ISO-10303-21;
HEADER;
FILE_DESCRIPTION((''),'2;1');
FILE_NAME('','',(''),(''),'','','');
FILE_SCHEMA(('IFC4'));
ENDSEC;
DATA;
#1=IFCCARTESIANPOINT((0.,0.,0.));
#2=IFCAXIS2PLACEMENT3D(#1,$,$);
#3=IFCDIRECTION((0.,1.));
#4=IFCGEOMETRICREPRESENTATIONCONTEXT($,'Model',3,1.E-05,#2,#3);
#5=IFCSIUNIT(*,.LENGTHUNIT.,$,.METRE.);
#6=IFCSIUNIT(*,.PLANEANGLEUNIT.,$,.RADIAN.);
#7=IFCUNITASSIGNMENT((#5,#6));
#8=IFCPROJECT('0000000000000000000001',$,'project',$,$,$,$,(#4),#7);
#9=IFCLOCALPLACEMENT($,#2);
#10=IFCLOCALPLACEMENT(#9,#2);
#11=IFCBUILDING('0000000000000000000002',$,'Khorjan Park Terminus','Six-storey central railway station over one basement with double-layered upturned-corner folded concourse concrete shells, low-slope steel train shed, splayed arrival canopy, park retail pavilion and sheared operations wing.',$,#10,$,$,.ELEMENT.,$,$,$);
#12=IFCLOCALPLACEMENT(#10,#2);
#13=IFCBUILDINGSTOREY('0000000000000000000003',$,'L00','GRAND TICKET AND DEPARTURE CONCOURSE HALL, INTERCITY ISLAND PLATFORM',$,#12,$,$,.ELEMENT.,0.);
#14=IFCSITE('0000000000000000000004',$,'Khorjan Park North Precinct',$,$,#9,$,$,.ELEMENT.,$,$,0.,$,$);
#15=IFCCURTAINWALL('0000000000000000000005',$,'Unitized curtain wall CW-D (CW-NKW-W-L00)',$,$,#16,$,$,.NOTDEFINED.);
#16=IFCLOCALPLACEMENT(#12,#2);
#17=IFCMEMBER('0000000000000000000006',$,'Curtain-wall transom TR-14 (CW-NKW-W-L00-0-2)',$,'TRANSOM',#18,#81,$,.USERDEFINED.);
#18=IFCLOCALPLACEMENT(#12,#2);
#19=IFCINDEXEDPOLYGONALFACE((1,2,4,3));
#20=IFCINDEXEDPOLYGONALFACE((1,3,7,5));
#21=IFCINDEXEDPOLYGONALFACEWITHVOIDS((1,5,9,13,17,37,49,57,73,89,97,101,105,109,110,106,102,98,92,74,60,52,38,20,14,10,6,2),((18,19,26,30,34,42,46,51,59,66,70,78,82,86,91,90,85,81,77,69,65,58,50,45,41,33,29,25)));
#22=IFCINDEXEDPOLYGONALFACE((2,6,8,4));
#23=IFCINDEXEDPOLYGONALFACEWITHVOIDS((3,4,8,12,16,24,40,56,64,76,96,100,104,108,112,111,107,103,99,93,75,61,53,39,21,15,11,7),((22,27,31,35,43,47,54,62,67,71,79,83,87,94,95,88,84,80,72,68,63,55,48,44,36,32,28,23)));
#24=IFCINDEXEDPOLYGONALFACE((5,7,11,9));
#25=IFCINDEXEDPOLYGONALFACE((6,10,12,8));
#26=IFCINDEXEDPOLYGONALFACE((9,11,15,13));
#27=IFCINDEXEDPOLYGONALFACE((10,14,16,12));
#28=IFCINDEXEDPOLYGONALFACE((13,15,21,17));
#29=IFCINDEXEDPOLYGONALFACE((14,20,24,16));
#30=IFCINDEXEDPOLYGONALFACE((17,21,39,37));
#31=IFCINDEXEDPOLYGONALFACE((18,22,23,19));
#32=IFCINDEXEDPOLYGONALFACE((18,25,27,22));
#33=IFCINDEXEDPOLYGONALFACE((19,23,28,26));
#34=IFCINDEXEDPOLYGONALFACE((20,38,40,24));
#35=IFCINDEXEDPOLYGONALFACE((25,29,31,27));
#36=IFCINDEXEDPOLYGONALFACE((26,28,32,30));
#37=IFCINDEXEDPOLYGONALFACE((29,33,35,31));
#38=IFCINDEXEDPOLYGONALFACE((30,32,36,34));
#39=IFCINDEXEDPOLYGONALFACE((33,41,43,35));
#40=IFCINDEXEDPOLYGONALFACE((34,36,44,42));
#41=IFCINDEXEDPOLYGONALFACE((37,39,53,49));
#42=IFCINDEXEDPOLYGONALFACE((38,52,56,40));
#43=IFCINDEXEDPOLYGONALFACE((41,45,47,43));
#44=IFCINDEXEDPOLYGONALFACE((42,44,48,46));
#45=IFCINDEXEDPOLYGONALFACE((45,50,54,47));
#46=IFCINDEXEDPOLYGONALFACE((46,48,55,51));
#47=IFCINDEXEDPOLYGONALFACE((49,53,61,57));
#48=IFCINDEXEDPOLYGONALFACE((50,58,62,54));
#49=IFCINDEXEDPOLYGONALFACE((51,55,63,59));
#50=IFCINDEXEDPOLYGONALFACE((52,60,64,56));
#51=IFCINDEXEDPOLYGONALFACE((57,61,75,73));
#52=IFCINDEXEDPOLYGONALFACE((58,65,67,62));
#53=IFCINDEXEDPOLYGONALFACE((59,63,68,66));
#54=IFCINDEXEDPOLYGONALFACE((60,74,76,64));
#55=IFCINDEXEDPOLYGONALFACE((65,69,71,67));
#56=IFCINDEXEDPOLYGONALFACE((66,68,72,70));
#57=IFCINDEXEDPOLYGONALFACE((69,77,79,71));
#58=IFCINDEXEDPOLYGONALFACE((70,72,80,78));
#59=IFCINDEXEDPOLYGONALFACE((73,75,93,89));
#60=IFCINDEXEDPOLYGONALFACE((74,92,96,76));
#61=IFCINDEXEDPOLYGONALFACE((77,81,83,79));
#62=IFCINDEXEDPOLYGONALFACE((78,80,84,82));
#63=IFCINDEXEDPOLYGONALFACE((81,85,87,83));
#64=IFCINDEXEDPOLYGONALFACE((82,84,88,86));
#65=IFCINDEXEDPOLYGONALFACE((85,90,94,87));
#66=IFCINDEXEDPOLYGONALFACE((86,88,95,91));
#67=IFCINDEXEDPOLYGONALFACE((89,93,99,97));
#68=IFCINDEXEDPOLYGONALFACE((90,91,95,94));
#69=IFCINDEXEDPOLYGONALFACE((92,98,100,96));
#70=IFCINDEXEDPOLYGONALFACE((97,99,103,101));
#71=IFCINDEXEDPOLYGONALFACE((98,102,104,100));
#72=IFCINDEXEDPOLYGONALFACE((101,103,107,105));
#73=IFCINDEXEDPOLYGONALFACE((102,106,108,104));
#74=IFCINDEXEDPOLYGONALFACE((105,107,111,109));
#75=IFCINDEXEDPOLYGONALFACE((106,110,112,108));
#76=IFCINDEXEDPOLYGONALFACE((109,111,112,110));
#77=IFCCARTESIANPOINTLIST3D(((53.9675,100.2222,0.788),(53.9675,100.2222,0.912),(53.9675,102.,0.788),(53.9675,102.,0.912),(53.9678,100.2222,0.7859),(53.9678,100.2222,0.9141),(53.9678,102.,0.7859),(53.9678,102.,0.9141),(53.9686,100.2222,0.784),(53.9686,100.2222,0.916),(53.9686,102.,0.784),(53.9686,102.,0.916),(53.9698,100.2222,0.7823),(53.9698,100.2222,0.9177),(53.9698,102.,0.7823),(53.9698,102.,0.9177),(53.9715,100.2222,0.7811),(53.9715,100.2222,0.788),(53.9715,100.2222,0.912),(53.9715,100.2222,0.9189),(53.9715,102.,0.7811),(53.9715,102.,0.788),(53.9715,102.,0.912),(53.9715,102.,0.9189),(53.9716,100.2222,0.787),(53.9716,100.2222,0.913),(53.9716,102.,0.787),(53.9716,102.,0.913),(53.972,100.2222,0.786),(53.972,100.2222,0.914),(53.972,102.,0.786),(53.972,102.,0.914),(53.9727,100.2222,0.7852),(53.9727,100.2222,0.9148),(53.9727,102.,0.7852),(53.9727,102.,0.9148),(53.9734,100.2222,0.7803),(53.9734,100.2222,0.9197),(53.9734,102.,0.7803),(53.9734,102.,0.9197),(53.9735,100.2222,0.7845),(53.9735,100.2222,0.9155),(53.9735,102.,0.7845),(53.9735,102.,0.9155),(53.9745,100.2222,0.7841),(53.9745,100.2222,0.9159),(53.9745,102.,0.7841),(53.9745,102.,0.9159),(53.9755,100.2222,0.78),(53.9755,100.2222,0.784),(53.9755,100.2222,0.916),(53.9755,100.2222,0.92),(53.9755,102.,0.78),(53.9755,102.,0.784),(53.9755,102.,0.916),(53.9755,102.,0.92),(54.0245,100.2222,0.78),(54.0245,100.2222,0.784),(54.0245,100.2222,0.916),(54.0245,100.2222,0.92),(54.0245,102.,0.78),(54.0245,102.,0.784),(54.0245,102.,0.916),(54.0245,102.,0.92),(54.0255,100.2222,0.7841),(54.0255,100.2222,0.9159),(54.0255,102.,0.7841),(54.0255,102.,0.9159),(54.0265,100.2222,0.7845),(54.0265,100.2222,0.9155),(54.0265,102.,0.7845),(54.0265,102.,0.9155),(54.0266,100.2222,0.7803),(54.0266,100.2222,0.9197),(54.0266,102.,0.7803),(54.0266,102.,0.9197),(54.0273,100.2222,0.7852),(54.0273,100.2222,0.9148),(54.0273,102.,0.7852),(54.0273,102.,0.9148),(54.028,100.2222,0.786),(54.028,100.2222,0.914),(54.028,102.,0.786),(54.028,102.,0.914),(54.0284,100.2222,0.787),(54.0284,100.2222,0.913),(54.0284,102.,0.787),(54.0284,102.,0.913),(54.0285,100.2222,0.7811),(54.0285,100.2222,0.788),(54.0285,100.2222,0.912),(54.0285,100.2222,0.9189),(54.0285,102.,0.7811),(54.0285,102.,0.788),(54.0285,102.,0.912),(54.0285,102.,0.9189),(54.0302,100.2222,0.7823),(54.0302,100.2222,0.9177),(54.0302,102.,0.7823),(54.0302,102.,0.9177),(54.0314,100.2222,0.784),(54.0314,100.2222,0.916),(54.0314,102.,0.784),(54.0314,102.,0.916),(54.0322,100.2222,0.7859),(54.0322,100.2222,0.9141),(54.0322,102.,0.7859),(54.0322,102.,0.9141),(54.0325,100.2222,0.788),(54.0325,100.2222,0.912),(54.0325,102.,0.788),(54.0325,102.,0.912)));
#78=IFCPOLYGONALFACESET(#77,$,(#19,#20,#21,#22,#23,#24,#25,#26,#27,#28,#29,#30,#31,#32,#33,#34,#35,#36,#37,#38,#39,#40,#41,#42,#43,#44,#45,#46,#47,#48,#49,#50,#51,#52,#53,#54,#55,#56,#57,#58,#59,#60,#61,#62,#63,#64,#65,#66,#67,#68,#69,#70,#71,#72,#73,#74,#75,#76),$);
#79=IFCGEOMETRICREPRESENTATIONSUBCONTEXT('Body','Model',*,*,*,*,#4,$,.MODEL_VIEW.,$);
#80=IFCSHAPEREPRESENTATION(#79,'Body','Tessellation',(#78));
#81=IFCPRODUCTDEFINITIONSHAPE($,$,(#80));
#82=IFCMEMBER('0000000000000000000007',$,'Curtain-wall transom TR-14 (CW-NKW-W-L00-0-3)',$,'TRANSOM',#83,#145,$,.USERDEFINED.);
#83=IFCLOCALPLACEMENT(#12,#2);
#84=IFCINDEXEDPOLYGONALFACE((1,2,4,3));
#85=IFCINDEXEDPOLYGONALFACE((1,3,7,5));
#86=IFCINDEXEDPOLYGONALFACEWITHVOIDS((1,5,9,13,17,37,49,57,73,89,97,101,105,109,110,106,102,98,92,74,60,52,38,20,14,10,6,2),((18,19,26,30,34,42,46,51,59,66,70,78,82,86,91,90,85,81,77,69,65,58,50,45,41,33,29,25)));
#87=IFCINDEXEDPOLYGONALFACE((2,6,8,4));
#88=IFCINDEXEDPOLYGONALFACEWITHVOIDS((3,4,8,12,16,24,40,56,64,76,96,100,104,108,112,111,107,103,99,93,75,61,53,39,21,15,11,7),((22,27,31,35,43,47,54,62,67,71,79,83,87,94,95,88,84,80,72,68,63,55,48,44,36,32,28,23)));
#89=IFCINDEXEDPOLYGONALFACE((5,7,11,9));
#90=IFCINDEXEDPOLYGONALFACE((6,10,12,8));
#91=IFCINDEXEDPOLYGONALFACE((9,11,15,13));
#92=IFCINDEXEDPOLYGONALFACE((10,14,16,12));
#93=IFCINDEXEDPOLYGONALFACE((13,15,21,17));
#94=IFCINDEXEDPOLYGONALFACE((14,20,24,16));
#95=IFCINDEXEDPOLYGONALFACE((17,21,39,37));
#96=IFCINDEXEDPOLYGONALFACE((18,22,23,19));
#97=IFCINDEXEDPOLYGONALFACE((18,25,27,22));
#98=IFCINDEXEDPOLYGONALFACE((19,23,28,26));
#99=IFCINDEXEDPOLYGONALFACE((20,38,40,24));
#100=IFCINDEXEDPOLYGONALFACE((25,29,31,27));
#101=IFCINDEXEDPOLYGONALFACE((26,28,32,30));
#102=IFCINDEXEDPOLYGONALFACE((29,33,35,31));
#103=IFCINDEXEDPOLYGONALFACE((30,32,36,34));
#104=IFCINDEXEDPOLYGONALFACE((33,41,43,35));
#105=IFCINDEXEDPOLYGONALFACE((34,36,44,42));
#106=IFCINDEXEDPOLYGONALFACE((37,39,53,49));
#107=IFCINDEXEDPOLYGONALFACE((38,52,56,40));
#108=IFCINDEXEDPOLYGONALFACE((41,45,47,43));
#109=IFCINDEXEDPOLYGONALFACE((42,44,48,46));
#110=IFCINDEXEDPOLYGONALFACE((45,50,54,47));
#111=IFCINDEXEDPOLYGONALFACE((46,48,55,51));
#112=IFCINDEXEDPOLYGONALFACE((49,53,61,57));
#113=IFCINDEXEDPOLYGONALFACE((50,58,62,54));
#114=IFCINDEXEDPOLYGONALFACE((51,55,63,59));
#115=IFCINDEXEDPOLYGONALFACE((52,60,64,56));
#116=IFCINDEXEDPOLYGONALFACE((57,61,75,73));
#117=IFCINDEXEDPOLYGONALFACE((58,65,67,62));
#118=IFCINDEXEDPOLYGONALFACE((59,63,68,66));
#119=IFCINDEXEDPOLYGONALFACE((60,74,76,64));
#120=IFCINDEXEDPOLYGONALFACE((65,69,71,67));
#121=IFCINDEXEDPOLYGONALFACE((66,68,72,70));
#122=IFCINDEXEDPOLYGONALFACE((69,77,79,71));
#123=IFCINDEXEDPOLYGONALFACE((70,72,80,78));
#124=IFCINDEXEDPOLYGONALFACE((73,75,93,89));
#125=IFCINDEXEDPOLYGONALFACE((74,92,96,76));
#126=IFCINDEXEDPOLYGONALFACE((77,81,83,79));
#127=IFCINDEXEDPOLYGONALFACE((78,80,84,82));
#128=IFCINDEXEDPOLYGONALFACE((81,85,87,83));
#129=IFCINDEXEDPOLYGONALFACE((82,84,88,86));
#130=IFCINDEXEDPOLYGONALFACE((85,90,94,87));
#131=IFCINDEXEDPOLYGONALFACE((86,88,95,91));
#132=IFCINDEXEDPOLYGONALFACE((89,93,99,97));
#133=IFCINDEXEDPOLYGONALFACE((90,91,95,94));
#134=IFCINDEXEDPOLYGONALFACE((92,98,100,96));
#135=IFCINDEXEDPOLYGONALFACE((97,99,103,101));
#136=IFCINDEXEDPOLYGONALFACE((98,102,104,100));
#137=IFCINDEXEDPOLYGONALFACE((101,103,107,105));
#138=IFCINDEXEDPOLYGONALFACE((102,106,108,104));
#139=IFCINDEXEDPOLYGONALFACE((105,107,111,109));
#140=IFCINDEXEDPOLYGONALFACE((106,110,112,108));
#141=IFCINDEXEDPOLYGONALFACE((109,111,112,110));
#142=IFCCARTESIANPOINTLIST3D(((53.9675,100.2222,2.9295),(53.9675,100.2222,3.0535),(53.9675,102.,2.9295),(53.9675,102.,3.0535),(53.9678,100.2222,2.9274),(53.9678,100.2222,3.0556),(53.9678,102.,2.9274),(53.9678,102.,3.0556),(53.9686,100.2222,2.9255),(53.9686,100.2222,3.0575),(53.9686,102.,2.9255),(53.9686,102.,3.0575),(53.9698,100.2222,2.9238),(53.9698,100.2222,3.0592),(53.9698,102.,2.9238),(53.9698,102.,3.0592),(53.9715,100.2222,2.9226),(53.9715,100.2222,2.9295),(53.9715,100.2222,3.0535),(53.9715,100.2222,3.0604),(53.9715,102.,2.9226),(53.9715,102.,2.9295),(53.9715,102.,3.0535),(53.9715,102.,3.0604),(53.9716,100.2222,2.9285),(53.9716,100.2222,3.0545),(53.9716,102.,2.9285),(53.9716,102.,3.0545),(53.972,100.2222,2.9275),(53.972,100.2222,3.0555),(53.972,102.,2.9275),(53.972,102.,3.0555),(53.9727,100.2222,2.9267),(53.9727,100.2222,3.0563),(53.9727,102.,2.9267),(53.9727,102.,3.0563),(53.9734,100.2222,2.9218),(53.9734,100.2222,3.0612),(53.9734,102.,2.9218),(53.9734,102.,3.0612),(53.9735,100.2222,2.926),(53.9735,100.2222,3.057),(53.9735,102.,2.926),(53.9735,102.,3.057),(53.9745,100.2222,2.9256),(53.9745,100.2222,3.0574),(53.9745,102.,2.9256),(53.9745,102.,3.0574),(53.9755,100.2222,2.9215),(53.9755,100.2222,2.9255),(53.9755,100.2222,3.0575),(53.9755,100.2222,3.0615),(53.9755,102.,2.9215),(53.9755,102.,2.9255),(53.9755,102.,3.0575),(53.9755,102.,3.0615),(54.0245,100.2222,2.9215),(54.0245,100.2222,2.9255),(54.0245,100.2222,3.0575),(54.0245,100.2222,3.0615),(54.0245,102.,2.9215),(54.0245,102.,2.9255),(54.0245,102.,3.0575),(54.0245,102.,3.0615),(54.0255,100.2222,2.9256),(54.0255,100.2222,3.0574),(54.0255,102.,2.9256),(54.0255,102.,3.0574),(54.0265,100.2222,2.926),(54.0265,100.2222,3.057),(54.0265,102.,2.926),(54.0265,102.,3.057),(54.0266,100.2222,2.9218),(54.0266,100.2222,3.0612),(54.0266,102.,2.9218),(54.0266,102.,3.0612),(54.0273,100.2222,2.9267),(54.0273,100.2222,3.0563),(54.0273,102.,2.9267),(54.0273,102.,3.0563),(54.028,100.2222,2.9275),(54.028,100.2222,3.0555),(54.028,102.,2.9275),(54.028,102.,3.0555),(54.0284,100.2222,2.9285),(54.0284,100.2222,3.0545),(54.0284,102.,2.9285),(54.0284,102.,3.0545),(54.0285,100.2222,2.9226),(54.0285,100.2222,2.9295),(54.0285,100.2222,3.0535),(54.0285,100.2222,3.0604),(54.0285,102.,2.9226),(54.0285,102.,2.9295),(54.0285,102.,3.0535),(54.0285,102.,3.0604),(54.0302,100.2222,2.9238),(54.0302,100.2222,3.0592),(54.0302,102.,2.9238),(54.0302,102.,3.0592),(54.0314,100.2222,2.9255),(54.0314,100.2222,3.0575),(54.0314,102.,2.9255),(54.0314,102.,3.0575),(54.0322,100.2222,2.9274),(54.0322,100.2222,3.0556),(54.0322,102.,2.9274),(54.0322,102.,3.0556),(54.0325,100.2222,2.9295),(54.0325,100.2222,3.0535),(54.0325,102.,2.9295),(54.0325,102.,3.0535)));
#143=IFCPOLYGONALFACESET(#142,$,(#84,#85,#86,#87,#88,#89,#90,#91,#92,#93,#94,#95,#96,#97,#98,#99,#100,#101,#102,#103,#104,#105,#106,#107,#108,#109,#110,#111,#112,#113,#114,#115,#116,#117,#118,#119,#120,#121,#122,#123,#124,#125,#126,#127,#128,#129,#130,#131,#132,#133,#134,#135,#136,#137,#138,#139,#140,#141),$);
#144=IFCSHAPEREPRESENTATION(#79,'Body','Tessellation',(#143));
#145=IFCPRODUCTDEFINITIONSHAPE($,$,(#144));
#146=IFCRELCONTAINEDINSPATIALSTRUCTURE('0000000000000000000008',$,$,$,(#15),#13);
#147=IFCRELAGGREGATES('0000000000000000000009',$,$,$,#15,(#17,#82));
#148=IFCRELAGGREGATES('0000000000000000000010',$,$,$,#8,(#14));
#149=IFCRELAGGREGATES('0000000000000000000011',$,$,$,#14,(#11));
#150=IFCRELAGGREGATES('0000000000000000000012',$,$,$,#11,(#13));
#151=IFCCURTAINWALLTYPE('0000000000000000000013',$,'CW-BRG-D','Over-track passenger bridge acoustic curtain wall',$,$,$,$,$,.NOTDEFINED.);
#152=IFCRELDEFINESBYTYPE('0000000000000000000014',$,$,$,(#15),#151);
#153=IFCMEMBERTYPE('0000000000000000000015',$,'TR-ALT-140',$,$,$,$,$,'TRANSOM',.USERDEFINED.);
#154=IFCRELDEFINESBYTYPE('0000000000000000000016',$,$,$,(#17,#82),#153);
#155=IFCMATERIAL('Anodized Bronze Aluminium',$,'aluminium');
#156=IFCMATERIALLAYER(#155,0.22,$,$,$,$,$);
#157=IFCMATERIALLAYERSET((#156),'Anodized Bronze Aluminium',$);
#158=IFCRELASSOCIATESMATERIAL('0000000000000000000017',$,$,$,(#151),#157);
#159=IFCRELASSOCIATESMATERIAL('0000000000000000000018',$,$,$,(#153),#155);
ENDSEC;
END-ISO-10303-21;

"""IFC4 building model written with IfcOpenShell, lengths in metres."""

from ifc_helpers import new_model, si_unit, direction, frame, origin, origin_2d, place, context, subcontext, project, spatial, hollow_rectangle, extrude, material, layer, layer_set, material_profile, profile_set, type_object, element, aggregate, save


model = new_model("IFC4")

# Units and contexts
model_context = context("Model", 3, precision=1e-05, world=origin(), true_north=direction((0.0, 1.0)))
body_context = subcontext(model_context, "Body", "Model", "MODEL_VIEW")
ifc_project = project(units=[si_unit("LENGTHUNIT", "METRE"), si_unit("PLANEANGLEUNIT", "RADIAN")], contexts=[model_context])

# Site, building, storey
site_placement = place(None, origin())
site = spatial("IfcSite", under=ifc_project, at=site_placement, Name="Khorjan Park North Precinct", CompositionType="ELEMENT", RefElevation=0.0)
building_placement = place(site_placement, origin())
building = spatial("IfcBuilding", under=site, at=building_placement, Name="Khorjan Park Terminus", Description="Six-storey central railway station over one basement with double-layered upturned-corner folded concourse concrete shells, low-slope steel train shed, splayed arrival canopy, park retail pavilion and sheared operations wing.", CompositionType="ELEMENT")
storey_placement = place(building_placement, origin())
storey = spatial("IfcBuildingStorey", under=building, at=storey_placement, Name="L00", Description="GRAND TICKET AND DEPARTURE CONCOURSE HALL, INTERCITY ISLAND PLATFORM", CompositionType="ELEMENT", Elevation=0.0)

# Curtain wall, members
ifc_material_1 = material(Name="Anodized Bronze Aluminium", Category="aluminium")
ifc_layer_1 = layer(ifc_material_1, 0.22)
ifc_layer_set_1 = layer_set([ifc_layer_1], Name="Anodized Bronze Aluminium")
curtain_wall_type = type_object("IfcCurtainWallType", Name="CW-BRG-D", Description="Over-track passenger bridge acoustic curtain wall", PredefinedType="NOTDEFINED", material=ifc_layer_set_1)
curtain_wall_placement = place(storey_placement, origin())
curtain_wall = element("IfcCurtainWall", 1, at=curtain_wall_placement, inside=storey, type_object=curtain_wall_type, Name="Unitized curtain wall CW-D (CW-NKW-W-L00)", PredefinedType="NOTDEFINED")
ifc_material_profile_1 = material_profile(ifc_material_1, hollow_rectangle(XDim=0.065, YDim=0.14, WallThickness=0.004, InnerFilletRadius=0.004, OuterFilletRadius=0.008, at=origin_2d()), Name="ALT 65x140x4")
ifc_profile_set_1 = profile_set([ifc_material_profile_1], Name="Anodized Bronze Aluminium")
member_type_1 = type_object("IfcMemberType", Name="TR-ALT-140", ElementType="TRANSOM", PredefinedType="USERDEFINED", material=ifc_profile_set_1)
member_1_placement = place(storey_placement, frame((54.0, 102.0, 0.85), z_axis=(0.0, -1.0, 0.0), x_axis=(1.0, 0.0, 0.0)))
member_1 = element("IfcMember", 2, at=member_1_placement, type_object=member_type_1, Name="Curtain-wall transom TR-14 (CW-NKW-W-L00-0-2)", ObjectType="TRANSOM", PredefinedType="USERDEFINED", context=body_context, shape_type="SweptSolid", body=[
    extrude(hollow_rectangle(XDim=0.065, YDim=0.14, WallThickness=0.004, InnerFilletRadius=0.004, OuterFilletRadius=0.008, at=origin_2d()), origin(), (0.0, 0.0, 1.0), 1.7778),
])
member_2_placement = place(storey_placement, frame((54.0, 102.0, 2.9915), z_axis=(0.0, -1.0, 0.0), x_axis=(1.0, 0.0, 0.0)))
member_2 = element("IfcMember", 3, at=member_2_placement, type_object=member_type_1, Name="Curtain-wall transom TR-14 (CW-NKW-W-L00-0-3)", ObjectType="TRANSOM", PredefinedType="USERDEFINED", context=body_context, shape_type="SweptSolid", body=[
    extrude(hollow_rectangle(XDim=0.065, YDim=0.14, WallThickness=0.004, InnerFilletRadius=0.004, OuterFilletRadius=0.008, at=origin_2d()), origin(), (0.0, 0.0, 1.0), 1.7778),
])
aggregate(curtain_wall, [member_1, member_2])

save(model, "model.ifc")
